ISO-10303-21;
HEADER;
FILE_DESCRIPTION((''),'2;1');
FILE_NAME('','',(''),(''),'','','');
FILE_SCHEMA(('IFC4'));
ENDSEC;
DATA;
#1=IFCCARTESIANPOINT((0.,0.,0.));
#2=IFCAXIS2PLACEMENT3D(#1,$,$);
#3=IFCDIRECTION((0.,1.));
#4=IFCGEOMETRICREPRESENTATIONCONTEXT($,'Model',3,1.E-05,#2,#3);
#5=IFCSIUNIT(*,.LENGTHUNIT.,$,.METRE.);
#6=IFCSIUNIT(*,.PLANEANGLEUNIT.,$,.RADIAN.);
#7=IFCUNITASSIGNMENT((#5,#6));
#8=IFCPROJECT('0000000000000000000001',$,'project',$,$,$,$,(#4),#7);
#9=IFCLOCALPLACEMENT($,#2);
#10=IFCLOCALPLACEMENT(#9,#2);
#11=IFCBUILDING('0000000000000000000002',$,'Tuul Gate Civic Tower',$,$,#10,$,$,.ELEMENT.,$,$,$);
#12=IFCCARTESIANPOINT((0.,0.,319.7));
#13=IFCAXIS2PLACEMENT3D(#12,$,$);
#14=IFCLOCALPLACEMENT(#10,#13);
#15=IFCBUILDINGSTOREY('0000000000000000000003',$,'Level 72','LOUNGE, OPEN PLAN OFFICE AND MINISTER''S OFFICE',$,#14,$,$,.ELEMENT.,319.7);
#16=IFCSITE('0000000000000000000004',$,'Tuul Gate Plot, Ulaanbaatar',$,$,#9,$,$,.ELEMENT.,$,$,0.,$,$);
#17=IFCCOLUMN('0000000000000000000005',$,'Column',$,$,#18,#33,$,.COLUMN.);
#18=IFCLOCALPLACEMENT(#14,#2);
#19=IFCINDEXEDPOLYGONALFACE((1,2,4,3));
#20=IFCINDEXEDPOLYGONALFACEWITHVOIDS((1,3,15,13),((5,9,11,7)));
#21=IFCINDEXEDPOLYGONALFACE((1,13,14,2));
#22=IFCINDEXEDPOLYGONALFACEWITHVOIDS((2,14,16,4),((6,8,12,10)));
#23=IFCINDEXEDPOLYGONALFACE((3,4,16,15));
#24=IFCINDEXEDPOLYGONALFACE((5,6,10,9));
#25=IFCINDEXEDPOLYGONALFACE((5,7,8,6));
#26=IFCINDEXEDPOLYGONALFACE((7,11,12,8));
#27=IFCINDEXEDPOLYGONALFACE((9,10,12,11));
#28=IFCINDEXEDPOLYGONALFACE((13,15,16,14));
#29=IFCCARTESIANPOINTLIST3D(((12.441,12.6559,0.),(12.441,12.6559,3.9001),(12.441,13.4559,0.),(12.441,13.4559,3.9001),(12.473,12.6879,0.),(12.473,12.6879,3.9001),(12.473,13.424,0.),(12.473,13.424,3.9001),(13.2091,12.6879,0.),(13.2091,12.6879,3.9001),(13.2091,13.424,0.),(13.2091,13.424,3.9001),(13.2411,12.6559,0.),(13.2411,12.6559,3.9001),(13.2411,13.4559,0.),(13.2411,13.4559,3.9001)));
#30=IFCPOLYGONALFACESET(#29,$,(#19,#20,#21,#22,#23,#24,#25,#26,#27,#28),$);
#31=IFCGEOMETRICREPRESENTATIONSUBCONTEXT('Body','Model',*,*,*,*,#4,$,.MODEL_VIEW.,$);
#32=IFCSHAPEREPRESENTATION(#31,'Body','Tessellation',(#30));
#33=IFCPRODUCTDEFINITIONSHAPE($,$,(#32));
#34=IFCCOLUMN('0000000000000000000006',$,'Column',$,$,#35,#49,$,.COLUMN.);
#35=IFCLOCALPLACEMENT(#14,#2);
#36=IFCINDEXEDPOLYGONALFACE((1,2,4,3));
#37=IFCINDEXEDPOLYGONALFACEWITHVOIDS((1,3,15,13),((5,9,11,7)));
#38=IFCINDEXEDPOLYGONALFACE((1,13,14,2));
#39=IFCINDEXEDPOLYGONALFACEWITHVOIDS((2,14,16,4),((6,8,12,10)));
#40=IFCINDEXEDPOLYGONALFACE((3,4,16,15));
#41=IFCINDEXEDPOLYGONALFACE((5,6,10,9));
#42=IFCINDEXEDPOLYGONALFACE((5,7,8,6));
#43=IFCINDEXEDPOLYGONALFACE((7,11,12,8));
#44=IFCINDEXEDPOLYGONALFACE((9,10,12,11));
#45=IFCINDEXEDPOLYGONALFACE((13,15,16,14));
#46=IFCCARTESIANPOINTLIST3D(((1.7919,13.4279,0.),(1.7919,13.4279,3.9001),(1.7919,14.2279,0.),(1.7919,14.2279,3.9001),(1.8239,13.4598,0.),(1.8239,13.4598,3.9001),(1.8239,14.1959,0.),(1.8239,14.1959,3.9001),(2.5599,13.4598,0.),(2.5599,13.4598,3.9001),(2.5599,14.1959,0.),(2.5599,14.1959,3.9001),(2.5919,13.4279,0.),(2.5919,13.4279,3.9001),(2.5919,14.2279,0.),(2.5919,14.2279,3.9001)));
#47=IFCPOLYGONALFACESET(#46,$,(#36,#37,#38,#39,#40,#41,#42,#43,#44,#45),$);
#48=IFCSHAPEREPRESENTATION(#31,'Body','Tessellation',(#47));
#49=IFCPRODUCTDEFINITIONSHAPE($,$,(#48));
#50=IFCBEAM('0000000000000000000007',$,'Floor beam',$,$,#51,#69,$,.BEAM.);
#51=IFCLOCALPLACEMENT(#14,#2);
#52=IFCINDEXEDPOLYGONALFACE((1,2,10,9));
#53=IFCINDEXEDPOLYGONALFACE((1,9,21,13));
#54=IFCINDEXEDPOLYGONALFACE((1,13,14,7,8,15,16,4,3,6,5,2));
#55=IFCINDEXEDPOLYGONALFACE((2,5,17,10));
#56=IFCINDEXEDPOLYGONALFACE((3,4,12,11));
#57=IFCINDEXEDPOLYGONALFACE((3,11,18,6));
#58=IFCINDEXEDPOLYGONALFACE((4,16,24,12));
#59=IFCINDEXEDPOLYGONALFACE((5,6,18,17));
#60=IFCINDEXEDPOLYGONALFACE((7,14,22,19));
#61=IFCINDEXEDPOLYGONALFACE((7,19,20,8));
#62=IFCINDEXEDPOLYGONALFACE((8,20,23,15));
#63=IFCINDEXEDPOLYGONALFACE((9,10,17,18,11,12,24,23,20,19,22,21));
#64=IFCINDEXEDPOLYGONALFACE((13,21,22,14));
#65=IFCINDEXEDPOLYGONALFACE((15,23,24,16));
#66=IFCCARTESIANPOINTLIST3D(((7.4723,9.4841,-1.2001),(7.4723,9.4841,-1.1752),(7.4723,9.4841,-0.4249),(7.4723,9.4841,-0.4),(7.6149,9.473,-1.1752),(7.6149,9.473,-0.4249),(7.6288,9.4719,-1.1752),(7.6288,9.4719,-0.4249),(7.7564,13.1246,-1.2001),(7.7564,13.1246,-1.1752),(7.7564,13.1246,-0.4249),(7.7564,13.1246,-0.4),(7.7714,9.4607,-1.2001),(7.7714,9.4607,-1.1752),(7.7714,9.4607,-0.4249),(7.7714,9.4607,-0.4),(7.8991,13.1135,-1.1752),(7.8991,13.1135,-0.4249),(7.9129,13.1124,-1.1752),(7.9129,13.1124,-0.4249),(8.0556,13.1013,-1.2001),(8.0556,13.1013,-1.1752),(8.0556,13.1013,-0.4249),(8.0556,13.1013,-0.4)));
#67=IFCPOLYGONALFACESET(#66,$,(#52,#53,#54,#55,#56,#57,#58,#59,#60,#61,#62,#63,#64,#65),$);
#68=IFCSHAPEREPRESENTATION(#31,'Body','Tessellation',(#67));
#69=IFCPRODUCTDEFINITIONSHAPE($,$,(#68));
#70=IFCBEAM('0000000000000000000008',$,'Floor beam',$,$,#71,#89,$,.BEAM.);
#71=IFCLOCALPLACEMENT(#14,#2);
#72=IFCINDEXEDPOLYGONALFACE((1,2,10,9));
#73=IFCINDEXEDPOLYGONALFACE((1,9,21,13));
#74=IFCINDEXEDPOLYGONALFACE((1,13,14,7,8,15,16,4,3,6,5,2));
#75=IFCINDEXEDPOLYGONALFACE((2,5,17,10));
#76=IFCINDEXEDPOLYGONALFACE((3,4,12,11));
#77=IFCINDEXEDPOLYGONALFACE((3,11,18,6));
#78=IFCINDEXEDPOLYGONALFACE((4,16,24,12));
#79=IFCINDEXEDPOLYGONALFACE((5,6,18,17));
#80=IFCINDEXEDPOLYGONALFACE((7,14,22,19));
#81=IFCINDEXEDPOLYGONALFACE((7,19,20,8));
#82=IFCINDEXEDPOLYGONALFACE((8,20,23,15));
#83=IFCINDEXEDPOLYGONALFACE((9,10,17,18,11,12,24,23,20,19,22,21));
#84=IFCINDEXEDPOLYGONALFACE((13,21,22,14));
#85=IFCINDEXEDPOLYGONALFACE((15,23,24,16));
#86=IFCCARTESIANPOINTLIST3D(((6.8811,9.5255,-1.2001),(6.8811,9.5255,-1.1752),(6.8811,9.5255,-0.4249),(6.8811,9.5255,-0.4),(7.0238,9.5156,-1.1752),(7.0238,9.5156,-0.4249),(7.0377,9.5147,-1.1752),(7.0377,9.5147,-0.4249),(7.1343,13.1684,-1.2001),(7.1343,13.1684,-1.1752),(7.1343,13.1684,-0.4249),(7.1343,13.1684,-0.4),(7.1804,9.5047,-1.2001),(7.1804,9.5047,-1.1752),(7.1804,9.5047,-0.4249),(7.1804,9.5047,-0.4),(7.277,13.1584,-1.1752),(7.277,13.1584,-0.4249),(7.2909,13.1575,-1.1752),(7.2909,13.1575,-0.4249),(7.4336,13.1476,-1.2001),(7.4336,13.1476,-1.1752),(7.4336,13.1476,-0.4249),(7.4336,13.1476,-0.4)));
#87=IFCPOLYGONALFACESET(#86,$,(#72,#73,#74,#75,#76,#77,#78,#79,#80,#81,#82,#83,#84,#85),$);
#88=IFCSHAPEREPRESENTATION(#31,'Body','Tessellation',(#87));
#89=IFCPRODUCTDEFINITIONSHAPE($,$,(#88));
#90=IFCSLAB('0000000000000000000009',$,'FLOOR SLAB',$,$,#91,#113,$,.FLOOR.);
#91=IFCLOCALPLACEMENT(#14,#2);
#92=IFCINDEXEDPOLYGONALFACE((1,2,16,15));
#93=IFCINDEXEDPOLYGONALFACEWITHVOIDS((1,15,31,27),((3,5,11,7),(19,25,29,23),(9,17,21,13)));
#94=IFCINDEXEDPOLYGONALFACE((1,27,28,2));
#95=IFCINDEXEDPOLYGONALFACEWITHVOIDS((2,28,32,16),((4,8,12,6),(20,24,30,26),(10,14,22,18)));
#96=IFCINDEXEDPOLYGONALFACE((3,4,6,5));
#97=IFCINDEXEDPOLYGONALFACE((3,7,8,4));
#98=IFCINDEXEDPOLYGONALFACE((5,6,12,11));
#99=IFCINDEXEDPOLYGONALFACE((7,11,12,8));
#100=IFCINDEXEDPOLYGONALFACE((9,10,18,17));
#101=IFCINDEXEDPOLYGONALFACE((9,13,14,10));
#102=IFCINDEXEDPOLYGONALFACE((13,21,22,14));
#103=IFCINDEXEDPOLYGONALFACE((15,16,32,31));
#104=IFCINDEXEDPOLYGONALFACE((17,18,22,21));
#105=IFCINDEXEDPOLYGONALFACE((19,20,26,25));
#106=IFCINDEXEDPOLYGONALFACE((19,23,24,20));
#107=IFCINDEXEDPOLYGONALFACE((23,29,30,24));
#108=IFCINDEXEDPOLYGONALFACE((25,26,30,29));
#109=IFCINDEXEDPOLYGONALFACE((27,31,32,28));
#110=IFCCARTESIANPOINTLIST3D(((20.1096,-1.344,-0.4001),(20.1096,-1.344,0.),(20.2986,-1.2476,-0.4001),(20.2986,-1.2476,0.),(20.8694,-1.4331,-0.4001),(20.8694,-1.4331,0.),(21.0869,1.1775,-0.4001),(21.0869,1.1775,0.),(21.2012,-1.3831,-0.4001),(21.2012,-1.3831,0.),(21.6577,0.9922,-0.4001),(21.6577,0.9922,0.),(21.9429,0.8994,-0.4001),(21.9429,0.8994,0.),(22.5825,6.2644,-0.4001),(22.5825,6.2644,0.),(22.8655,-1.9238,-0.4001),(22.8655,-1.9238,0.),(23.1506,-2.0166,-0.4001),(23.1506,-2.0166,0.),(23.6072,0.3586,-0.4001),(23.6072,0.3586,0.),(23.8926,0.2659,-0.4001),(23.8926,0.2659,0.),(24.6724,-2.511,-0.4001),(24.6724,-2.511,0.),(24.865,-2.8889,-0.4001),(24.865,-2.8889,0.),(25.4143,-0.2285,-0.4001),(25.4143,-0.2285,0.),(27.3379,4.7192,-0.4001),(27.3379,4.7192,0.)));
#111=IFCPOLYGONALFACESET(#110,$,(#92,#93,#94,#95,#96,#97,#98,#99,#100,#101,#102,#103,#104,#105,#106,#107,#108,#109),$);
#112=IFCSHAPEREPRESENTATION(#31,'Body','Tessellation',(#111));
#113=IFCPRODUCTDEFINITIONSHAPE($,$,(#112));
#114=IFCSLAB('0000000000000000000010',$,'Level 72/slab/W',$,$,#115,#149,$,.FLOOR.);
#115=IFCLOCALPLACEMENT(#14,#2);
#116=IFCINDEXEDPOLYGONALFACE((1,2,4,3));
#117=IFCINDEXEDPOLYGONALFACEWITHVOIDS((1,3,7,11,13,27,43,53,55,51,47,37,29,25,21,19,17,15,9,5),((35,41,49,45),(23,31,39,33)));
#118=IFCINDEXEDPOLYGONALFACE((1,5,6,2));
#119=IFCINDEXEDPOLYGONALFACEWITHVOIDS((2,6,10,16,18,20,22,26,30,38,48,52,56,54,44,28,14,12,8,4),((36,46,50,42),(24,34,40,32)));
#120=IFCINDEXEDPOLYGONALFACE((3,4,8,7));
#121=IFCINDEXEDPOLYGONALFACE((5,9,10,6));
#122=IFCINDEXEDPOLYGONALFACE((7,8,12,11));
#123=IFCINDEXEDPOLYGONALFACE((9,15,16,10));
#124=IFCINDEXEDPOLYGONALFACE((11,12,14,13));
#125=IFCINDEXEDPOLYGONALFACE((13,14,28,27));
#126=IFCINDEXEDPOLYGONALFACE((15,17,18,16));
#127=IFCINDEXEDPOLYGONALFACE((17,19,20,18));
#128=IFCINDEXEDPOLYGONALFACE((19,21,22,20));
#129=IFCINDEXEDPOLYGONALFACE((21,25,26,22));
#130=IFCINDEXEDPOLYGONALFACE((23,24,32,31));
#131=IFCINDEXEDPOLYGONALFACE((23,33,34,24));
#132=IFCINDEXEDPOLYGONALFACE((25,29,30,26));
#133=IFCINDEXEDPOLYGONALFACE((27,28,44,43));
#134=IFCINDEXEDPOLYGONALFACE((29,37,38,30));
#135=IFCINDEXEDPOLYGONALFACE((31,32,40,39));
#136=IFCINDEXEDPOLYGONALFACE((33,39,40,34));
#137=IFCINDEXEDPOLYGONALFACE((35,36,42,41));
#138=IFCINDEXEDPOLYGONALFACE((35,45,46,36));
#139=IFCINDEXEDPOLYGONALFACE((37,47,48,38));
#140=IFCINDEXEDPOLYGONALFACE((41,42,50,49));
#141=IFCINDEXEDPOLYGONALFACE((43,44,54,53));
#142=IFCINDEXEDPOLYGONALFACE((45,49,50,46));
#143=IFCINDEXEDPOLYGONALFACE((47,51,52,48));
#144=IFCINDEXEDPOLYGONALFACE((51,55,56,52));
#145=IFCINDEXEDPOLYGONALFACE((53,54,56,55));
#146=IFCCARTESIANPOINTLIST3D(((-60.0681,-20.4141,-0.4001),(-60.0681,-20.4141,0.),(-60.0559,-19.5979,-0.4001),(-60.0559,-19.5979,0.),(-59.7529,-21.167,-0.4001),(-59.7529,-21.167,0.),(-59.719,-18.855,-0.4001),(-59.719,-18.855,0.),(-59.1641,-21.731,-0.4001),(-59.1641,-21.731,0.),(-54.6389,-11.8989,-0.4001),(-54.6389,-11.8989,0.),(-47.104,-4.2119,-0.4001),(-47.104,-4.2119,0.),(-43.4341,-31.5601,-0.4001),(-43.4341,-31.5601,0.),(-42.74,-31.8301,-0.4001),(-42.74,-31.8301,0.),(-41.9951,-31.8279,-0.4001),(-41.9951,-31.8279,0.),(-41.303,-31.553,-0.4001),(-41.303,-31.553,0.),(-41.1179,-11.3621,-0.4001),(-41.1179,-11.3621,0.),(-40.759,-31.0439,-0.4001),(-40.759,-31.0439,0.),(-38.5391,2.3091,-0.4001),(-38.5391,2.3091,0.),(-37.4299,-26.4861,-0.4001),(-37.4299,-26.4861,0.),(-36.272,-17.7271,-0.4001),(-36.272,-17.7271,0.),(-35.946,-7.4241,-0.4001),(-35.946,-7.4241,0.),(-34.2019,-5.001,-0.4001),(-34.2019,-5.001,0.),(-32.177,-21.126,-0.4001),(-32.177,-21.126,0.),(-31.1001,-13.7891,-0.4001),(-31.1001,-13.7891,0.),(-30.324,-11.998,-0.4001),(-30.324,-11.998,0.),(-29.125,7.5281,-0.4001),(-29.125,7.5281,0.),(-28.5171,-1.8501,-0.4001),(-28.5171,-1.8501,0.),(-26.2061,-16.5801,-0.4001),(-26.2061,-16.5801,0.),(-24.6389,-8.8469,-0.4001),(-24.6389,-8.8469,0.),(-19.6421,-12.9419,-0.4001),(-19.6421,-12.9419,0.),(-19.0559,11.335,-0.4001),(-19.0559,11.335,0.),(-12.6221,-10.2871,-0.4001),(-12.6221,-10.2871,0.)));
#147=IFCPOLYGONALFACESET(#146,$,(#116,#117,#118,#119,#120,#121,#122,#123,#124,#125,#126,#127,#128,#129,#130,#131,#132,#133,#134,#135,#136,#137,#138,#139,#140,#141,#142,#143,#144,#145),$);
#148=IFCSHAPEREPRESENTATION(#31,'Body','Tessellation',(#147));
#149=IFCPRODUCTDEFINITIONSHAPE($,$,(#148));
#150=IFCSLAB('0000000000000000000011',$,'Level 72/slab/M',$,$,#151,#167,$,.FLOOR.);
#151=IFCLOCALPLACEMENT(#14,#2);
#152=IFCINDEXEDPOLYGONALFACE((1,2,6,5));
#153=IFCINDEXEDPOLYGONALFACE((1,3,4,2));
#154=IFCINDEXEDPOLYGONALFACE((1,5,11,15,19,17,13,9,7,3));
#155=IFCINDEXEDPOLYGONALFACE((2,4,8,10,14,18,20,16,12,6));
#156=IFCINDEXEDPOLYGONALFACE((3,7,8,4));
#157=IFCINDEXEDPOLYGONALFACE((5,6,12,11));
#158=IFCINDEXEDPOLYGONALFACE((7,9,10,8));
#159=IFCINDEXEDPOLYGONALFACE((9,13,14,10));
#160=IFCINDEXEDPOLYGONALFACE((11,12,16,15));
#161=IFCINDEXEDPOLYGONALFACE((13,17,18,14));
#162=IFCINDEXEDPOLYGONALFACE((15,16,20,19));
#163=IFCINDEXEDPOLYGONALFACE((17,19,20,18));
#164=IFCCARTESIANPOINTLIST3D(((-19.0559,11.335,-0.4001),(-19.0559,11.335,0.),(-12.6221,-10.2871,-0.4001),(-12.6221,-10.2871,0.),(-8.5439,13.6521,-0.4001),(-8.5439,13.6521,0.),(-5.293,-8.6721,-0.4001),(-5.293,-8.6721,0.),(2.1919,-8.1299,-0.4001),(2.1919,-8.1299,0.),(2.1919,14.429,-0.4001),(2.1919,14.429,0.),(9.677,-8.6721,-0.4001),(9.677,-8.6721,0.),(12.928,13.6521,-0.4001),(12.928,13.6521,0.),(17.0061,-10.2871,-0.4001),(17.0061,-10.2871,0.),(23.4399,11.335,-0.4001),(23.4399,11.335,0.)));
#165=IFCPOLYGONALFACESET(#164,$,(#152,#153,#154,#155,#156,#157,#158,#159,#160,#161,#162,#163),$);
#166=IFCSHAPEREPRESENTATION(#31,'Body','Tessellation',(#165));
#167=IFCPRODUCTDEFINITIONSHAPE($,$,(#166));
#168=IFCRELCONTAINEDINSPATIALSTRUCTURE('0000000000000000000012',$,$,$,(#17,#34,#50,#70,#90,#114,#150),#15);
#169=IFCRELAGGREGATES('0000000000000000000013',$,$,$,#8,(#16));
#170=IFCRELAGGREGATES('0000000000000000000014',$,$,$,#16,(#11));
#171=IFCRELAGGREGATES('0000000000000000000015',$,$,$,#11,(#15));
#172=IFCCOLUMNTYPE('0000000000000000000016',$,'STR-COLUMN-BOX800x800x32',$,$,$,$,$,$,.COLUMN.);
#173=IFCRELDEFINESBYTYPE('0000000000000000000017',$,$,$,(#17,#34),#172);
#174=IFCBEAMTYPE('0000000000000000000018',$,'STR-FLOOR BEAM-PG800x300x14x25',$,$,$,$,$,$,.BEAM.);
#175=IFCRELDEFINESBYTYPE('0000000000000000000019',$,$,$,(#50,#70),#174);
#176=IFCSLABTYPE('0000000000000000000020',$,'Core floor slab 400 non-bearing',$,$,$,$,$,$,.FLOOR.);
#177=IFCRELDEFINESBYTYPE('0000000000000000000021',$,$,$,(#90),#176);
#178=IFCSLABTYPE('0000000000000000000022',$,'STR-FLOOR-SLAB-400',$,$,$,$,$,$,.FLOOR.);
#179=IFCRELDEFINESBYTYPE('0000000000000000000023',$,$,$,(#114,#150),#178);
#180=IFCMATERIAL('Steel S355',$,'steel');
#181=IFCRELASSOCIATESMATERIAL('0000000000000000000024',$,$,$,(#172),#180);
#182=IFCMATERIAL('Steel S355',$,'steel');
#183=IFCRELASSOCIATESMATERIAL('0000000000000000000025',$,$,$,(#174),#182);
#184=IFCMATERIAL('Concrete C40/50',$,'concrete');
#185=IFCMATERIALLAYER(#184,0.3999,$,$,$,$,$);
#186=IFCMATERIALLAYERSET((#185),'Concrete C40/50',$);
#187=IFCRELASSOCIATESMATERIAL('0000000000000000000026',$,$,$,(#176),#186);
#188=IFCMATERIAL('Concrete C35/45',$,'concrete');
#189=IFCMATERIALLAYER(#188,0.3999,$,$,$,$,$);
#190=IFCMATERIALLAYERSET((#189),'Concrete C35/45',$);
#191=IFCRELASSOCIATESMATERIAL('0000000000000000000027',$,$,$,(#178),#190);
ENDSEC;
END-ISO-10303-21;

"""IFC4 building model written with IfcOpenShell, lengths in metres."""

from ifc_helpers import new_model, si_unit, direction, frame, origin, origin_2d, place, context, subcontext, project, spatial, polyline, hollow_rectangle, i_section, outline, extrude, material, layer, layer_set, material_profile, profile_set, type_object, element, save


model = new_model("IFC4")

# Units and contexts
model_context = context("Model", 3, precision=1e-05, world=origin(), true_north=direction((0.0, 1.0)))
body_context = subcontext(model_context, "Body", "Model", "MODEL_VIEW")
ifc_project = project(units=[si_unit("LENGTHUNIT", "METRE"), si_unit("PLANEANGLEUNIT", "RADIAN")], contexts=[model_context])

# Site, building, storey
site_placement = place(None, origin())
site = spatial("IfcSite", under=ifc_project, at=site_placement, Name="Tuul Gate Plot, Ulaanbaatar", CompositionType="ELEMENT", RefElevation=0.0)
building_placement = place(site_placement, origin())
building = spatial("IfcBuilding", under=site, at=building_placement, Name="Tuul Gate Civic Tower", CompositionType="ELEMENT")
storey_placement = place(building_placement, frame((0.0, 0.0, 319.7)))
storey = spatial("IfcBuildingStorey", under=building, at=storey_placement, Name="Level 72", Description="LOUNGE, OPEN PLAN OFFICE AND MINISTER'S OFFICE", CompositionType="ELEMENT", Elevation=319.7)

# Columns
ifc_material_1 = material(Name="Steel S355", Category="steel")
ifc_material_profile_1 = material_profile(ifc_material_1, hollow_rectangle(XDim=0.8, YDim=0.8, WallThickness=0.032, at=origin_2d()), Name="BOX800x800x32")
ifc_profile_set_1 = profile_set([ifc_material_profile_1], Name="Steel S355")
column_type = type_object("IfcColumnType", Name="STR-COLUMN-BOX800x800x32", PredefinedType="COLUMN", material=ifc_profile_set_1)
for number, where, z_axis, x_axis, name in (
    (1, (12.8411, 13.0559, 0.0), (0.0, 0.0, 1.0), (1.0, 0.0, 0.0), "Column"),
    (2, (2.1919, 13.8279, 0.0), (0.0, 0.0, 1.0), (1.0, 0.0, 0.0), "Column"),
):
    element("IfcColumn", number, at=place(storey_placement, frame(where, z_axis=z_axis, x_axis=x_axis)), inside=storey, type_object=column_type, Name=name, PredefinedType="COLUMN", context=body_context, shape_type="SweptSolid", body=[
        extrude(hollow_rectangle(XDim=0.8, YDim=0.8, WallThickness=0.032, at=origin_2d()), origin(), (0.0, 0.0, 1.0), 3.9001),
    ])

# Beams
ifc_material_2 = material(Name="Steel S355", Category="steel")
ifc_material_profile_2 = material_profile(ifc_material_2, i_section(OverallWidth=0.3, OverallDepth=0.8, WebThickness=0.0139, FlangeThickness=0.0249, at=origin_2d()), Name="PG800x300x14x25")
ifc_profile_set_2 = profile_set([ifc_material_profile_2], Name="Steel S355")
beam_type = type_object("IfcBeamType", Name="STR-FLOOR BEAM-PG800x300x14x25", PredefinedType="BEAM", material=ifc_profile_set_2)
for number, where, z_axis, x_axis, name in (
    (3, (7.6218, 9.4724, -0.8), (0.077821, 0.996967, 0.0), (-0.996967, 0.077821, 0.0), "Floor beam"),
    (4, (7.0308, 9.5151, -0.8), (0.069332, 0.997594, 0.0), (-0.997594, 0.069332, 0.0), "Floor beam"),
):
    element("IfcBeam", number, at=place(storey_placement, frame(where, z_axis=z_axis, x_axis=x_axis)), inside=storey, type_object=beam_type, Name=name, PredefinedType="BEAM", context=body_context, shape_type="SweptSolid", body=[
        extrude(i_section(OverallWidth=0.3, OverallDepth=0.8, WebThickness=0.0139, FlangeThickness=0.0249, at=origin_2d()), origin(), (0.0, 0.0, 1.0), 3.6516),
    ])

# Slabs
ifc_material_3 = material(Name="Concrete C40/50", Category="concrete")
ifc_layer_1 = layer(ifc_material_3, 0.3999)
ifc_layer_set_1 = layer_set([ifc_layer_1], Name="Concrete C40/50")
slab_type_1 = type_object("IfcSlabType", Name="Core floor slab 400 non-bearing", PredefinedType="FLOOR", material=ifc_layer_set_1)
slab_1_placement = place(storey_placement, frame((0.0, 0.0, -0.4001)))
element("IfcSlab", 5, at=slab_1_placement, inside=storey, type_object=slab_type_1, Name="FLOOR SLAB", PredefinedType="FLOOR", context=body_context, shape_type="SweptSolid", body=[
    extrude(outline(polyline([(24.865, -2.8889), (27.3379, 4.7192), (22.5825, 6.2644), (20.1096, -1.344), (24.865, -2.8889)]), holes=[polyline([(24.6724, -2.511), (25.4143, -0.2285), (23.8926, 0.2659), (23.1506, -2.0166), (24.6724, -2.511)]), polyline([(22.8655, -1.9238), (23.6072, 0.3586), (21.9429, 0.8994), (21.2012, -1.3831), (22.8655, -1.9238)]), polyline([(20.8694, -1.4331), (21.6577, 0.9922), (21.0869, 1.1775), (20.2986, -1.2476), (20.8694, -1.4331)])]), origin(), (0.0, 0.0, 1.0), 0.4001),
])
ifc_material_4 = material(Name="Concrete C35/45", Category="concrete")
ifc_layer_2 = layer(ifc_material_4, 0.3999)
ifc_layer_set_2 = layer_set([ifc_layer_2], Name="Concrete C35/45")
slab_type_2 = type_object("IfcSlabType", Name="STR-FLOOR-SLAB-400", PredefinedType="FLOOR", material=ifc_layer_set_2)
slab_2_placement = place(storey_placement, frame((0.0, 0.0, -0.4001)))
element("IfcSlab", 6, at=slab_2_placement, inside=storey, type_object=slab_type_2, Name="Level 72/slab/W", PredefinedType="FLOOR", context=body_context, shape_type="SweptSolid", body=[
    extrude(outline(polyline([(-19.6421, -12.9419), (-12.6221, -10.2871), (-19.0559, 11.335), (-29.125, 7.5281), (-38.5391, 2.3091), (-47.104, -4.2119), (-54.6389, -11.8989), (-59.719, -18.855), (-60.0559, -19.5979), (-60.0681, -20.4141), (-59.7529, -21.167), (-59.1641, -21.731), (-43.4341, -31.5601), (-42.74, -31.8301), (-41.9951, -31.8279), (-41.303, -31.553), (-40.759, -31.0439), (-37.4299, -26.4861), (-32.177, -21.126), (-26.2061, -16.5801), (-19.6421, -12.9419)]), holes=[polyline([(-31.1001, -13.7891), (-36.272, -17.7271), (-41.1179, -11.3621), (-35.946, -7.4241), (-31.1001, -13.7891)]), polyline([(-24.6389, -8.8469), (-30.324, -11.998), (-34.2019, -5.001), (-28.5171, -1.8501), (-24.6389, -8.8469)])]), origin(), (0.0, 0.0, 1.0), 0.4001),
])
slab_3_placement = place(storey_placement, frame((0.0, 0.0, -0.4001)))
element("IfcSlab", 7, at=slab_3_placement, inside=storey, type_object=slab_type_2, Name="Level 72/slab/M", PredefinedType="FLOOR", context=body_context, shape_type="SweptSolid", body=[
    extrude(outline(polyline([(17.0061, -10.2871), (23.4399, 11.335), (12.928, 13.6521), (2.1919, 14.429), (-8.5439, 13.6521), (-19.0559, 11.335), (-12.6221, -10.2871), (-5.293, -8.6721), (2.1919, -8.1299), (9.677, -8.6721), (17.0061, -10.2871)])), origin(), (0.0, 0.0, 1.0), 0.4001),
])

save(model, "model.ifc")
